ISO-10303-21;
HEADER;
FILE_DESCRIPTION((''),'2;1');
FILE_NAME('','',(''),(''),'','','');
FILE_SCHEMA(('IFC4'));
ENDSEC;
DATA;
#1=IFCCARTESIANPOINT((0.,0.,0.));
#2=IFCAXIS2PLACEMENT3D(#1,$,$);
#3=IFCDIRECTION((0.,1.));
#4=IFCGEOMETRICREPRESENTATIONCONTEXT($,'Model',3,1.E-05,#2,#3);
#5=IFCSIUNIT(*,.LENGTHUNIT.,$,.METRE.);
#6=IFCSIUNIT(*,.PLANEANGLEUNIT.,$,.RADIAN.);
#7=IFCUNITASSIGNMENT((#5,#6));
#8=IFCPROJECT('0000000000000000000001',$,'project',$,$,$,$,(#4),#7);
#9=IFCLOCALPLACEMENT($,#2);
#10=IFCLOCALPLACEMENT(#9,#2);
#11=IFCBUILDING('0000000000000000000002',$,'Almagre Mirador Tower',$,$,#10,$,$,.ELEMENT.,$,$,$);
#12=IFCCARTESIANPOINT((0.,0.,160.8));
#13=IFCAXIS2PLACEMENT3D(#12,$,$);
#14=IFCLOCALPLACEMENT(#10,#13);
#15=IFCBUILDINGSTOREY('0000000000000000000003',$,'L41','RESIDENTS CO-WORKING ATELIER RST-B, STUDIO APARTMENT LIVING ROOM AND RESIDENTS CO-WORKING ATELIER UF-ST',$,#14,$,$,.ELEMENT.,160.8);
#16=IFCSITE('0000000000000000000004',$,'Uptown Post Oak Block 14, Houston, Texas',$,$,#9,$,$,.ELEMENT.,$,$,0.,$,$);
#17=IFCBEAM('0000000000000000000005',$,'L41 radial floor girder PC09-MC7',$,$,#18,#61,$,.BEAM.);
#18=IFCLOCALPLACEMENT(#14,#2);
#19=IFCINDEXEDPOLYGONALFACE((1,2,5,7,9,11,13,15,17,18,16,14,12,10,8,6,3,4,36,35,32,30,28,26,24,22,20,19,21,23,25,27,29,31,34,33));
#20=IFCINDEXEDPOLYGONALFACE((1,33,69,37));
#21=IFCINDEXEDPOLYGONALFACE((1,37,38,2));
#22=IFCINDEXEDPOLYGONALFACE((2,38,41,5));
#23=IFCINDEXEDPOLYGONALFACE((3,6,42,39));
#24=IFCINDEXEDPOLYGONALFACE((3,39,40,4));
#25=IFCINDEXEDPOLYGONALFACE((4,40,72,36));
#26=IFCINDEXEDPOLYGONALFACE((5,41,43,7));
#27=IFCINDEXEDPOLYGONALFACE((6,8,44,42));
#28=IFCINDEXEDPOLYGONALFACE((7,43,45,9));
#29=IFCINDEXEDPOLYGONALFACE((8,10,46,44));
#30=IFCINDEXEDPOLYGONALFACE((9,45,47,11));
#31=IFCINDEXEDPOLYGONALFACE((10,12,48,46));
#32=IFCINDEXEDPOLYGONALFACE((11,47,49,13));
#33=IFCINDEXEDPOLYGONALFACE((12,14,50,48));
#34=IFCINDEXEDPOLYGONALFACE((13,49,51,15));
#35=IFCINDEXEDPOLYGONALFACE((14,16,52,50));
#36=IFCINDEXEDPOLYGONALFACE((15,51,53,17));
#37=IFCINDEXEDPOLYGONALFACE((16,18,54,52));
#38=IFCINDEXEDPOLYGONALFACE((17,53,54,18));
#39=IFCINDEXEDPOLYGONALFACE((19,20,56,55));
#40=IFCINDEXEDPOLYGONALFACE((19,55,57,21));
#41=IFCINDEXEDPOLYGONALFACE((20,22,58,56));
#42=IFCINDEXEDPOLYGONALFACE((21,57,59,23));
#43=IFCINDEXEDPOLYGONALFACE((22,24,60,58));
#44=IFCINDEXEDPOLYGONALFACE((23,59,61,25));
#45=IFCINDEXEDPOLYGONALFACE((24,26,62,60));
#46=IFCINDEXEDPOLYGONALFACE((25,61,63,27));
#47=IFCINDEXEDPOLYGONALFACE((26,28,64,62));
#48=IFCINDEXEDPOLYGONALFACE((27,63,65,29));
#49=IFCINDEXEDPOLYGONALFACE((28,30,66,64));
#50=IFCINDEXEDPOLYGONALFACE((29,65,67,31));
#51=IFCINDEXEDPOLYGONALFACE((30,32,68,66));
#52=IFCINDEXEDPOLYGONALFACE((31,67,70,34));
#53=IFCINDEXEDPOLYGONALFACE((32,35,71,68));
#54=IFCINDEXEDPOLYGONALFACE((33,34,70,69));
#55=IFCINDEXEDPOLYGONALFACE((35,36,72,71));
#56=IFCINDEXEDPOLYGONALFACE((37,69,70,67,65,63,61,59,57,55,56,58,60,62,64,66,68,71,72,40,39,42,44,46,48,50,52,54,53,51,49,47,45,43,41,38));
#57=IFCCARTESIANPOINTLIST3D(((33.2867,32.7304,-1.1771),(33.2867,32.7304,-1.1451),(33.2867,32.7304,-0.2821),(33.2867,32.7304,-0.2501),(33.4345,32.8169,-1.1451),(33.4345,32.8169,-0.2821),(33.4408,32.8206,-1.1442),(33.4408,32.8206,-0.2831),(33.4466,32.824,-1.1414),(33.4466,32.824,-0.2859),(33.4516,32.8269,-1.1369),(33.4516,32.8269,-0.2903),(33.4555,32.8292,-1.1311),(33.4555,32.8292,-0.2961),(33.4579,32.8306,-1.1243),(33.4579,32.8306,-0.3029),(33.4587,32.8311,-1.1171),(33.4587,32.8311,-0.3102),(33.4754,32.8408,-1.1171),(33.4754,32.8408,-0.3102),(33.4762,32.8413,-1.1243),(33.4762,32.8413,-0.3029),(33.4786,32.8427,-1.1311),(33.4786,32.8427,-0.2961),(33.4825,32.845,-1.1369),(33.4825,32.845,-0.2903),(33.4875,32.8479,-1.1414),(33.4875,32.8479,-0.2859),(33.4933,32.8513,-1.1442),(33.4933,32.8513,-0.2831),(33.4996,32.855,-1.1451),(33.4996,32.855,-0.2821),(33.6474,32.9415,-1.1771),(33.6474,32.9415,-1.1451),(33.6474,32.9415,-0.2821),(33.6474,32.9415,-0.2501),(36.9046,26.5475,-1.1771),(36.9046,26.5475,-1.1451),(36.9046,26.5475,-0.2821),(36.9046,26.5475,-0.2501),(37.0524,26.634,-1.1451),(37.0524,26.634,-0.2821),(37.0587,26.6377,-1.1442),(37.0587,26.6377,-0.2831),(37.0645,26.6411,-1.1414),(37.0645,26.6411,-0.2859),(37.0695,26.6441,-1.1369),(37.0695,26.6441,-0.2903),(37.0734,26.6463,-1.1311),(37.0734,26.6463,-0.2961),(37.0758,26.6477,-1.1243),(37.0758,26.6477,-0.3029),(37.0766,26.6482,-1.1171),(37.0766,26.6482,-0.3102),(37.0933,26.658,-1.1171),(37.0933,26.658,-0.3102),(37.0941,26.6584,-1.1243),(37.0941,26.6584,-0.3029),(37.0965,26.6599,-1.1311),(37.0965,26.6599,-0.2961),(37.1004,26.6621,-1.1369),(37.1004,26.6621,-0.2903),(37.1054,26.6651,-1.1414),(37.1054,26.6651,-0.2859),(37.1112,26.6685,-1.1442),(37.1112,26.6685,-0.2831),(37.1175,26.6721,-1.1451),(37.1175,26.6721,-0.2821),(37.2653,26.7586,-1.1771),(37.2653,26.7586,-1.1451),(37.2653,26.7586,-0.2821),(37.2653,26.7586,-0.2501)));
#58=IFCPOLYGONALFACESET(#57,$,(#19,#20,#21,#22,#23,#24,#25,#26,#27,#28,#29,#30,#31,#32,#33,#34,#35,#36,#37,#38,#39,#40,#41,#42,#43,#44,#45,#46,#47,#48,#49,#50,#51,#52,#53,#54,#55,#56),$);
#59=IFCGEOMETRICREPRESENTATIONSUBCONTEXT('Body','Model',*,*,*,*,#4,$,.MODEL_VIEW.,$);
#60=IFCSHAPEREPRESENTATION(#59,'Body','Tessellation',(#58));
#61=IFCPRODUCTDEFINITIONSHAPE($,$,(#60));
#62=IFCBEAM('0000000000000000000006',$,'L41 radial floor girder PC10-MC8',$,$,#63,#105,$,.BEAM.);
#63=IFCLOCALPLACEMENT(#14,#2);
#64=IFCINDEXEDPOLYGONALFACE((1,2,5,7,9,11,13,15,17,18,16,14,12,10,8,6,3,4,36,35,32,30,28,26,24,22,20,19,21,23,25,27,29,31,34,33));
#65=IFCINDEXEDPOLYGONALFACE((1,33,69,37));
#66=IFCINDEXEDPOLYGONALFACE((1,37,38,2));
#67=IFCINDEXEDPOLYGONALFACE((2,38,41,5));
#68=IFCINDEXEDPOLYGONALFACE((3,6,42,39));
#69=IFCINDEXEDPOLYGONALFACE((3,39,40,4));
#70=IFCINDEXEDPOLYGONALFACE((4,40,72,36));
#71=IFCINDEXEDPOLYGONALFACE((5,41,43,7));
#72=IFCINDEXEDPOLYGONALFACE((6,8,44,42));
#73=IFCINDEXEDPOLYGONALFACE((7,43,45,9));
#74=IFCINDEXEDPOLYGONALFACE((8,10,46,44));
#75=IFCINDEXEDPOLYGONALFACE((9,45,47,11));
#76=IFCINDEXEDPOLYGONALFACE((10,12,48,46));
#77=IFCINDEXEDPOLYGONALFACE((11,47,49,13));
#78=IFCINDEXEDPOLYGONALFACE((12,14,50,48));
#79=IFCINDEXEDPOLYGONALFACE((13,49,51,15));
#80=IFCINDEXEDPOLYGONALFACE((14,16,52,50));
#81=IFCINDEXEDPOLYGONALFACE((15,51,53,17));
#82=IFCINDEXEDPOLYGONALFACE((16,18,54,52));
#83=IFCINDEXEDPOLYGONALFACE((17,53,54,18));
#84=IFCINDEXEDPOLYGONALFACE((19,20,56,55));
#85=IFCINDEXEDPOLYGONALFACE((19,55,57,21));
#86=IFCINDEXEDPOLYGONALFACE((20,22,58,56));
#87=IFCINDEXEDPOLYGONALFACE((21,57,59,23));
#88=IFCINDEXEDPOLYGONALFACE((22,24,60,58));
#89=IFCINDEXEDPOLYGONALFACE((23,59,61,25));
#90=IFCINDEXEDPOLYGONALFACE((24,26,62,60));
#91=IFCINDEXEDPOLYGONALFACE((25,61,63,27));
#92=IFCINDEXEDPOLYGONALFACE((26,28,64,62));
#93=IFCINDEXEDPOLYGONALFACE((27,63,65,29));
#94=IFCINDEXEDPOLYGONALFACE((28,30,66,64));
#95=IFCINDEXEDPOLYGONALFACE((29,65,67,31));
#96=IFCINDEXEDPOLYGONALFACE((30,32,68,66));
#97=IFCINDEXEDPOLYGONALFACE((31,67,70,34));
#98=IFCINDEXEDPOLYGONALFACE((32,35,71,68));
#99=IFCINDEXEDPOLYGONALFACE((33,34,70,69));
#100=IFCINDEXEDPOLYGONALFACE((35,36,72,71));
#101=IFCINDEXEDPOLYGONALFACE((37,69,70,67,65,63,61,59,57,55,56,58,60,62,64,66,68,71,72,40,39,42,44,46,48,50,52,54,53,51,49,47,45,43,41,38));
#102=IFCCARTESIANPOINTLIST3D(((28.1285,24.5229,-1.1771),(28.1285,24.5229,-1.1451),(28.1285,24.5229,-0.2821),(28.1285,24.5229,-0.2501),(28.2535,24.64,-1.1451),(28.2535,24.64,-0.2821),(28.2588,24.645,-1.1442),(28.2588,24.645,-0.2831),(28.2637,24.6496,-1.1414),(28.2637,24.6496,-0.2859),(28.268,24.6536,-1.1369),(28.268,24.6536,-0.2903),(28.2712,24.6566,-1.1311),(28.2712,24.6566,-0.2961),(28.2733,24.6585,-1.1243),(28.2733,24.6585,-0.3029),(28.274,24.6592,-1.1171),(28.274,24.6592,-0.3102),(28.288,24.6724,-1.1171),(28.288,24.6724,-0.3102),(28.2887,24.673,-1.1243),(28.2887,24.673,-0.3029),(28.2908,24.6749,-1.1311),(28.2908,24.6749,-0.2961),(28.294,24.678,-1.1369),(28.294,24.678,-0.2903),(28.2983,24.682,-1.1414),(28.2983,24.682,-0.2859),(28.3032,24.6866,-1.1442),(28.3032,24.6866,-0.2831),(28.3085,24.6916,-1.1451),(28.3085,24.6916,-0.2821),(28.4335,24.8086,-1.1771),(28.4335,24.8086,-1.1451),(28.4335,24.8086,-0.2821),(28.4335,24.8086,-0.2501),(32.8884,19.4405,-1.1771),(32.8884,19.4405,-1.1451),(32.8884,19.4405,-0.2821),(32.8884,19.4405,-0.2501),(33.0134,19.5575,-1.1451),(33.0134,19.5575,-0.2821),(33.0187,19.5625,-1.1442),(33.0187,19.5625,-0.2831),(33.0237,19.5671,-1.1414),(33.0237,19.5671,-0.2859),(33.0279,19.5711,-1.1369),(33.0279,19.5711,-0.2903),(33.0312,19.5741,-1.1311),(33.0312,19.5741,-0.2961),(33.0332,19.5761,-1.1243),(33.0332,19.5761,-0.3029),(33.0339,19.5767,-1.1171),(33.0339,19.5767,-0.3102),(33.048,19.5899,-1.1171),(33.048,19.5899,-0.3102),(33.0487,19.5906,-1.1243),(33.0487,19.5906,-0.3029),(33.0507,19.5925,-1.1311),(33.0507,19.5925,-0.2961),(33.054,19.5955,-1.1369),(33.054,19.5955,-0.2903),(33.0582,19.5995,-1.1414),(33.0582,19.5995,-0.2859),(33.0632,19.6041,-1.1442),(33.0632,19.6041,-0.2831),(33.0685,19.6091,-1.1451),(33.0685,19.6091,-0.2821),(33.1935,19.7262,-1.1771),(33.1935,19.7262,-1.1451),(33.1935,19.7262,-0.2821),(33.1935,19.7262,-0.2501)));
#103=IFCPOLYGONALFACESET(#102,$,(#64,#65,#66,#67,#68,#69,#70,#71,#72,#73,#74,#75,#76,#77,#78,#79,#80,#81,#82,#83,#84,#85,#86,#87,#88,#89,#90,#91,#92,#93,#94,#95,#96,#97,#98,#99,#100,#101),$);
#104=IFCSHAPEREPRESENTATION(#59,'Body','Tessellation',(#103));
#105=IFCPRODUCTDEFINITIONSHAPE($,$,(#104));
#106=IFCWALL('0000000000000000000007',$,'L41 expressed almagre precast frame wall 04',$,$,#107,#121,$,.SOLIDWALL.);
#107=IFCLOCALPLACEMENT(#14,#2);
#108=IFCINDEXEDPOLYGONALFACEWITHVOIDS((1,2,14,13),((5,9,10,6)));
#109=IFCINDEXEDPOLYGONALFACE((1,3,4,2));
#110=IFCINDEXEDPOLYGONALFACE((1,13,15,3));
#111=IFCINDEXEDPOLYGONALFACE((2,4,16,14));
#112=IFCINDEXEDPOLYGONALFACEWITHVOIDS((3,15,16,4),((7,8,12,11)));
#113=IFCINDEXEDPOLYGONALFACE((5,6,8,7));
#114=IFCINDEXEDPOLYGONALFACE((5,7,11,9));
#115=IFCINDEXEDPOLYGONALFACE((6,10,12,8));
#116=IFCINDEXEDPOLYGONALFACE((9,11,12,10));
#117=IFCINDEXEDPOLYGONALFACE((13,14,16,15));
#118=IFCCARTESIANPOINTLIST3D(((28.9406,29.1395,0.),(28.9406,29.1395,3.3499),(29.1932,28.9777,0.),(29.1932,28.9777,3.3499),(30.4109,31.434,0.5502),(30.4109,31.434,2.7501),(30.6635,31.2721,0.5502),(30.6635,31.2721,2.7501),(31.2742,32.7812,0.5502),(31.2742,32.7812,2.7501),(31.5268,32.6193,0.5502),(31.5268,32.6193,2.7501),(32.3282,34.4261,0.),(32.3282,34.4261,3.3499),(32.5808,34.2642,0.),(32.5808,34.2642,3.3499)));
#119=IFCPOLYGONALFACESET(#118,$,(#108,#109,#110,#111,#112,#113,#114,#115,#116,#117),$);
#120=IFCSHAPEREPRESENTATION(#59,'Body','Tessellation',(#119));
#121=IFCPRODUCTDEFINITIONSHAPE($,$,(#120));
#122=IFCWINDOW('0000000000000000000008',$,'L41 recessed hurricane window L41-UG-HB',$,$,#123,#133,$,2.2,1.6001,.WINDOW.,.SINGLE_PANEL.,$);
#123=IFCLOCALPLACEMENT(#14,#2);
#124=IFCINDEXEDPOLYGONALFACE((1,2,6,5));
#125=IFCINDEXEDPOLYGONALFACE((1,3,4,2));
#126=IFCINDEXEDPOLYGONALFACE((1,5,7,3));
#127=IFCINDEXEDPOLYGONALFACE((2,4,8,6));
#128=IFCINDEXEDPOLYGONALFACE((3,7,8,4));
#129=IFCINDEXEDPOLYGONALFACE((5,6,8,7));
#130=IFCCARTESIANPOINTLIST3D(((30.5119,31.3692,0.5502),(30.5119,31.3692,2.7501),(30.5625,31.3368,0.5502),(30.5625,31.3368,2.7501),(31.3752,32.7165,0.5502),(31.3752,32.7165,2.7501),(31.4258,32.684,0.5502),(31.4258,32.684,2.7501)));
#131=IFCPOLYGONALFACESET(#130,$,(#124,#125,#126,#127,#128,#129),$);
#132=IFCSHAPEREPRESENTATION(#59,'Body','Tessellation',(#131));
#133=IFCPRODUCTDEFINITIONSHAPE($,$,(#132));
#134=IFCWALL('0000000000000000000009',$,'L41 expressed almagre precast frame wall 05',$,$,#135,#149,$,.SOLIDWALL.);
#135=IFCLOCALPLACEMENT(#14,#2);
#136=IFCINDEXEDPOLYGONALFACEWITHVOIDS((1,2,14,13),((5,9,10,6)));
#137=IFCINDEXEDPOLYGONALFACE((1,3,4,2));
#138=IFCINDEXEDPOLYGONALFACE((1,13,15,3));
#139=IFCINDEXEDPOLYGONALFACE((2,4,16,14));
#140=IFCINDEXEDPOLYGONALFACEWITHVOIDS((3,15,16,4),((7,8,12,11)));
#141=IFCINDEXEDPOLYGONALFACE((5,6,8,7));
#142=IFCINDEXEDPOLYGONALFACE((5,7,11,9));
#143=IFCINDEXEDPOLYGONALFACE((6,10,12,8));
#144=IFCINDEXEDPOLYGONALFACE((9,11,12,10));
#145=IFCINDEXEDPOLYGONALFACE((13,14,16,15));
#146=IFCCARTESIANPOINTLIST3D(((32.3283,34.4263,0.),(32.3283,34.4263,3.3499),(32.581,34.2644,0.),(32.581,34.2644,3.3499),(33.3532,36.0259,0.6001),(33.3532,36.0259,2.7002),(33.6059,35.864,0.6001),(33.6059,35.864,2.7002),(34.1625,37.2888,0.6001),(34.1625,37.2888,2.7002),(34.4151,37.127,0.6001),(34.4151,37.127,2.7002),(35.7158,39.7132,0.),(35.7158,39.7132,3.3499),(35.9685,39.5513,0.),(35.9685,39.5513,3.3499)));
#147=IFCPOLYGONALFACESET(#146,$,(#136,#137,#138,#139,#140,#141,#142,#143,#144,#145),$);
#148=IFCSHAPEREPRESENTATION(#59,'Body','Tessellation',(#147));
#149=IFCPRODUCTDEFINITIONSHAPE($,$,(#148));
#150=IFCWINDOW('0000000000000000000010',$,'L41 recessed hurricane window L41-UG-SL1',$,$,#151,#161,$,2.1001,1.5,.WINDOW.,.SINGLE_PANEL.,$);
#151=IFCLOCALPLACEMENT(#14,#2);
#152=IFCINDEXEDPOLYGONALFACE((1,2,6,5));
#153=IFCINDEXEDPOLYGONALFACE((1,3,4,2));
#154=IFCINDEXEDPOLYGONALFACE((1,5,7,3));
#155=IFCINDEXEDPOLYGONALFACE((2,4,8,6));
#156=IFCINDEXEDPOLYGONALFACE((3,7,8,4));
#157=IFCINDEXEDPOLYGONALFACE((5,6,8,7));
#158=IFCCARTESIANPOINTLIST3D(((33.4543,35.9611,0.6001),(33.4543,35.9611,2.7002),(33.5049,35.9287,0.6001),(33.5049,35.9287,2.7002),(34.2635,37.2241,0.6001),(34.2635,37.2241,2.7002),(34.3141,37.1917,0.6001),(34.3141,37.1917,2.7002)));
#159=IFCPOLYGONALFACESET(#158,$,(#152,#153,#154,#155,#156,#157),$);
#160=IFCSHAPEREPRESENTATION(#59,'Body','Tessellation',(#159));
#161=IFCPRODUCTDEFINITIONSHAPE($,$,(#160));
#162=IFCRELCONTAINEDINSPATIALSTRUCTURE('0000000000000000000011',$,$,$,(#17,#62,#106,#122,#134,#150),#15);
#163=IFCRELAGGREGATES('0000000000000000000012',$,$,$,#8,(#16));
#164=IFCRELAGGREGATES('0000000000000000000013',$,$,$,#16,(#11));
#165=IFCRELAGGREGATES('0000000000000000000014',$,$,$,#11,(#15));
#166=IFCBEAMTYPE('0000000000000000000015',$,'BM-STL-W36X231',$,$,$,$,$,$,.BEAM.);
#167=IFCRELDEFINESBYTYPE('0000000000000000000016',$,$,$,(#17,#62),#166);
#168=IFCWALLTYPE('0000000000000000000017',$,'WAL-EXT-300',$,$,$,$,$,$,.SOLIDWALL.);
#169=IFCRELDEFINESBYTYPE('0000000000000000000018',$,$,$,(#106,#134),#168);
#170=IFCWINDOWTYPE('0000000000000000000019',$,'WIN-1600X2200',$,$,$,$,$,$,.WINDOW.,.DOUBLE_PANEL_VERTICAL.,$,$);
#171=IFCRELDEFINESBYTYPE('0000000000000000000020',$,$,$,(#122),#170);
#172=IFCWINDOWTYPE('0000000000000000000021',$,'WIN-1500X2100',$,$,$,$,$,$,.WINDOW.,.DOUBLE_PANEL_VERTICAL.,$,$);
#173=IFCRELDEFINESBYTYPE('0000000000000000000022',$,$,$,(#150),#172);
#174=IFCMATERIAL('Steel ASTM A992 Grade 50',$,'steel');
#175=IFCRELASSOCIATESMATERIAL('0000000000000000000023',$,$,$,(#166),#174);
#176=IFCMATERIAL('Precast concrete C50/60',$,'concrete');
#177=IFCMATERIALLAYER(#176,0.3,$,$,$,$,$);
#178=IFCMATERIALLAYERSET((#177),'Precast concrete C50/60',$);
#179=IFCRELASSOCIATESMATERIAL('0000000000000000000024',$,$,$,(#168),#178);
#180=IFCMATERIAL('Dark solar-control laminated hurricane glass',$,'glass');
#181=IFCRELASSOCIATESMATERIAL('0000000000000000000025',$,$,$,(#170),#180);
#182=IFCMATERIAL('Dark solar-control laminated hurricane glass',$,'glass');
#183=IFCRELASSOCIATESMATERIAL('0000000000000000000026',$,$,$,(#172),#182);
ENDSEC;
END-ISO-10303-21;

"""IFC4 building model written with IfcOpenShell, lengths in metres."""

from ifc_helpers import new_model, si_unit, direction, frame, frame_2d, origin, origin_2d, place, context, subcontext, project, spatial, rectangle, i_section, extrude, material, layer, layer_set, material_profile, profile_set, type_object, element, fill, save


model = new_model("IFC4")

# Units and contexts
model_context = context("Model", 3, precision=1e-05, world=origin(), true_north=direction((0.0, 1.0)))
body_context = subcontext(model_context, "Body", "Model", "MODEL_VIEW")
ifc_project = project(units=[si_unit("LENGTHUNIT", "METRE"), si_unit("PLANEANGLEUNIT", "RADIAN")], contexts=[model_context])

# Site, building, storey
site_placement = place(None, origin())
site = spatial("IfcSite", under=ifc_project, at=site_placement, Name="Uptown Post Oak Block 14, Houston, Texas", CompositionType="ELEMENT", RefElevation=0.0)
building_placement = place(site_placement, origin())
building = spatial("IfcBuilding", under=site, at=building_placement, Name="Almagre Mirador Tower", CompositionType="ELEMENT")
storey_placement = place(building_placement, frame((0.0, 0.0, 160.8)))
storey = spatial("IfcBuildingStorey", under=building, at=storey_placement, Name="L41", Description="RESIDENTS CO-WORKING ATELIER RST-B, STUDIO APARTMENT LIVING ROOM AND RESIDENTS CO-WORKING ATELIER UF-ST", CompositionType="ELEMENT", Elevation=160.8)

# Beams
ifc_material_1 = material(Name="Steel ASTM A992 Grade 50", Category="steel")
ifc_material_profile_1 = material_profile(ifc_material_1, i_section(OverallWidth=0.418, OverallDepth=0.927, WebThickness=0.0193, FlangeThickness=0.032, FilletRadius=0.0281, at=origin_2d()), Name="W36X231")
ifc_profile_set_1 = profile_set([ifc_material_profile_1], Name="Steel ASTM A992 Grade 50")
beam_type_1 = type_object("IfcBeamType", Name="BM-STL-W36X231", PredefinedType="BEAM", material=ifc_profile_set_1)
beam_1_placement = place(storey_placement, frame((33.467, 32.8359, -0.7136), z_axis=(0.505042, -0.863095, 0.0), x_axis=(0.863095, 0.505042, 0.0)))
element("IfcBeam", 1, at=beam_1_placement, inside=storey, type_object=beam_type_1, Name="L41 radial floor girder PC09-MC7", PredefinedType="BEAM", context=body_context, shape_type="SweptSolid", body=[
    extrude(i_section(OverallWidth=0.418, OverallDepth=0.927, WebThickness=0.0193, FlangeThickness=0.032, FilletRadius=0.0281, at=origin_2d()), origin(), (0.0, 0.0, 1.0), 7.1636),
])
beam_2_placement = place(storey_placement, frame((28.281, 24.6658, -0.7136), z_axis=(0.68357, -0.729885, 0.0), x_axis=(0.729885, 0.68357, 0.0)))
element("IfcBeam", 2, at=beam_2_placement, inside=storey, type_object=beam_type_1, Name="L41 radial floor girder PC10-MC8", PredefinedType="BEAM", context=body_context, shape_type="SweptSolid", body=[
    extrude(i_section(OverallWidth=0.418, OverallDepth=0.927, WebThickness=0.0193, FlangeThickness=0.032, FilletRadius=0.0281, at=origin_2d()), origin(), (0.0, 0.0, 1.0), 6.9634),
])

# Walls, openings, windows
ifc_material_2 = material(Name="Precast concrete C50/60", Category="concrete")
ifc_layer_1 = layer(ifc_material_2, 0.3)
ifc_layer_set_1 = layer_set([ifc_layer_1], Name="Precast concrete C50/60")
wall_type_1 = type_object("IfcWallType", Name="WAL-EXT-300", PredefinedType="SOLIDWALL", material=ifc_layer_set_1)
wall_1_placement = place(storey_placement, frame((29.0669, 29.0586, 0.0), z_axis=(0.0, 0.0, 1.0), x_axis=(0.539535, 0.841963, 0.0)))
wall_1 = element("IfcWall", 3, at=wall_1_placement, inside=storey, type_object=wall_type_1, Name="L41 expressed almagre precast frame wall 04", PredefinedType="SOLIDWALL", context=body_context, shape_type="SweptSolid", body=[
    extrude(rectangle(XDim=6.2788, YDim=0.3, at=frame_2d((3.1394, 0.0))), origin(), (0.0, 0.0, 1.0), 3.3499),
])
opening_1_placement = place(wall_1_placement, frame((2.7251, 0.0, 0.55)))
opening_1 = element("IfcOpeningElement", 4, at=opening_1_placement, cuts=wall_1, PredefinedType="OPENING", context=body_context, shape_type="SweptSolid", body=[
    extrude(rectangle(XDim=1.6001, YDim=2.2, at=frame_2d((0.8, 1.1001))), frame((0.0, 0.1599, 0.0), z_axis=(0.0, -1.0, 0.0), x_axis=(1.0, 0.0, 0.0)), (0.0, 0.0, 1.0), 0.32),
])
ifc_material_3 = material(Name="Dark solar-control laminated hurricane glass", Category="glass")
window_type_1 = type_object("IfcWindowType", Name="WIN-1600X2200", PartitioningType="DOUBLE_PANEL_VERTICAL", PredefinedType="WINDOW", material=ifc_material_3)
window_1_placement = place(opening_1_placement, origin())
window_1 = element("IfcWindow", 5, at=window_1_placement, inside=storey, type_object=window_type_1, Name="L41 recessed hurricane window L41-UG-HB", OverallHeight=2.2, OverallWidth=1.6001, PartitioningType="SINGLE_PANEL", PredefinedType="WINDOW", context=body_context, shape_type="SweptSolid", body=[
    extrude(rectangle(XDim=1.6001, YDim=2.2, at=frame_2d((0.8, 1.1001))), frame((0.0, 0.03, 0.0), z_axis=(0.0, -1.0, 0.0), x_axis=(1.0, 0.0, 0.0)), (0.0, 0.0, 1.0), 0.0601),
])
fill(opening_1, window_1)
wall_2_placement = place(storey_placement, frame((32.4546, 34.3452, 0.0), z_axis=(0.0, 0.0, 1.0), x_axis=(0.539489, 0.841992, 0.0)))
wall_2 = element("IfcWall", 6, at=wall_2_placement, inside=storey, type_object=wall_type_1, Name="L41 expressed almagre precast frame wall 05", PredefinedType="SOLIDWALL", context=body_context, shape_type="SweptSolid", body=[
    extrude(rectangle(XDim=6.2791, YDim=0.3, at=frame_2d((3.1396, 0.0))), origin(), (0.0, 0.0, 1.0), 3.3499),
])
opening_2_placement = place(wall_2_placement, frame((1.8999, 0.0, 0.6001)))
opening_2 = element("IfcOpeningElement", 7, at=opening_2_placement, cuts=wall_2, PredefinedType="OPENING", context=body_context, shape_type="SweptSolid", body=[
    extrude(rectangle(XDim=1.5, YDim=2.1001, at=frame_2d((0.75, 1.05))), frame((0.0, 0.1599, 0.0), z_axis=(0.0, -1.0, 0.0), x_axis=(1.0, 0.0, 0.0)), (0.0, 0.0, 1.0), 0.32),
])
ifc_material_4 = material(Name="Dark solar-control laminated hurricane glass", Category="glass")
window_type_2 = type_object("IfcWindowType", Name="WIN-1500X2100", PartitioningType="DOUBLE_PANEL_VERTICAL", PredefinedType="WINDOW", material=ifc_material_4)
window_2_placement = place(opening_2_placement, origin())
window_2 = element("IfcWindow", 8, at=window_2_placement, inside=storey, type_object=window_type_2, Name="L41 recessed hurricane window L41-UG-SL1", OverallHeight=2.1001, OverallWidth=1.5, PartitioningType="SINGLE_PANEL", PredefinedType="WINDOW", context=body_context, shape_type="SweptSolid", body=[
    extrude(rectangle(XDim=1.5, YDim=2.1001, at=frame_2d((0.75, 1.05))), frame((0.0, 0.03, 0.0), z_axis=(0.0, -1.0, 0.0), x_axis=(1.0, 0.0, 0.0)), (0.0, 0.0, 1.0), 0.0601),
])
fill(opening_2, window_2)

save(model, "model.ifc")
